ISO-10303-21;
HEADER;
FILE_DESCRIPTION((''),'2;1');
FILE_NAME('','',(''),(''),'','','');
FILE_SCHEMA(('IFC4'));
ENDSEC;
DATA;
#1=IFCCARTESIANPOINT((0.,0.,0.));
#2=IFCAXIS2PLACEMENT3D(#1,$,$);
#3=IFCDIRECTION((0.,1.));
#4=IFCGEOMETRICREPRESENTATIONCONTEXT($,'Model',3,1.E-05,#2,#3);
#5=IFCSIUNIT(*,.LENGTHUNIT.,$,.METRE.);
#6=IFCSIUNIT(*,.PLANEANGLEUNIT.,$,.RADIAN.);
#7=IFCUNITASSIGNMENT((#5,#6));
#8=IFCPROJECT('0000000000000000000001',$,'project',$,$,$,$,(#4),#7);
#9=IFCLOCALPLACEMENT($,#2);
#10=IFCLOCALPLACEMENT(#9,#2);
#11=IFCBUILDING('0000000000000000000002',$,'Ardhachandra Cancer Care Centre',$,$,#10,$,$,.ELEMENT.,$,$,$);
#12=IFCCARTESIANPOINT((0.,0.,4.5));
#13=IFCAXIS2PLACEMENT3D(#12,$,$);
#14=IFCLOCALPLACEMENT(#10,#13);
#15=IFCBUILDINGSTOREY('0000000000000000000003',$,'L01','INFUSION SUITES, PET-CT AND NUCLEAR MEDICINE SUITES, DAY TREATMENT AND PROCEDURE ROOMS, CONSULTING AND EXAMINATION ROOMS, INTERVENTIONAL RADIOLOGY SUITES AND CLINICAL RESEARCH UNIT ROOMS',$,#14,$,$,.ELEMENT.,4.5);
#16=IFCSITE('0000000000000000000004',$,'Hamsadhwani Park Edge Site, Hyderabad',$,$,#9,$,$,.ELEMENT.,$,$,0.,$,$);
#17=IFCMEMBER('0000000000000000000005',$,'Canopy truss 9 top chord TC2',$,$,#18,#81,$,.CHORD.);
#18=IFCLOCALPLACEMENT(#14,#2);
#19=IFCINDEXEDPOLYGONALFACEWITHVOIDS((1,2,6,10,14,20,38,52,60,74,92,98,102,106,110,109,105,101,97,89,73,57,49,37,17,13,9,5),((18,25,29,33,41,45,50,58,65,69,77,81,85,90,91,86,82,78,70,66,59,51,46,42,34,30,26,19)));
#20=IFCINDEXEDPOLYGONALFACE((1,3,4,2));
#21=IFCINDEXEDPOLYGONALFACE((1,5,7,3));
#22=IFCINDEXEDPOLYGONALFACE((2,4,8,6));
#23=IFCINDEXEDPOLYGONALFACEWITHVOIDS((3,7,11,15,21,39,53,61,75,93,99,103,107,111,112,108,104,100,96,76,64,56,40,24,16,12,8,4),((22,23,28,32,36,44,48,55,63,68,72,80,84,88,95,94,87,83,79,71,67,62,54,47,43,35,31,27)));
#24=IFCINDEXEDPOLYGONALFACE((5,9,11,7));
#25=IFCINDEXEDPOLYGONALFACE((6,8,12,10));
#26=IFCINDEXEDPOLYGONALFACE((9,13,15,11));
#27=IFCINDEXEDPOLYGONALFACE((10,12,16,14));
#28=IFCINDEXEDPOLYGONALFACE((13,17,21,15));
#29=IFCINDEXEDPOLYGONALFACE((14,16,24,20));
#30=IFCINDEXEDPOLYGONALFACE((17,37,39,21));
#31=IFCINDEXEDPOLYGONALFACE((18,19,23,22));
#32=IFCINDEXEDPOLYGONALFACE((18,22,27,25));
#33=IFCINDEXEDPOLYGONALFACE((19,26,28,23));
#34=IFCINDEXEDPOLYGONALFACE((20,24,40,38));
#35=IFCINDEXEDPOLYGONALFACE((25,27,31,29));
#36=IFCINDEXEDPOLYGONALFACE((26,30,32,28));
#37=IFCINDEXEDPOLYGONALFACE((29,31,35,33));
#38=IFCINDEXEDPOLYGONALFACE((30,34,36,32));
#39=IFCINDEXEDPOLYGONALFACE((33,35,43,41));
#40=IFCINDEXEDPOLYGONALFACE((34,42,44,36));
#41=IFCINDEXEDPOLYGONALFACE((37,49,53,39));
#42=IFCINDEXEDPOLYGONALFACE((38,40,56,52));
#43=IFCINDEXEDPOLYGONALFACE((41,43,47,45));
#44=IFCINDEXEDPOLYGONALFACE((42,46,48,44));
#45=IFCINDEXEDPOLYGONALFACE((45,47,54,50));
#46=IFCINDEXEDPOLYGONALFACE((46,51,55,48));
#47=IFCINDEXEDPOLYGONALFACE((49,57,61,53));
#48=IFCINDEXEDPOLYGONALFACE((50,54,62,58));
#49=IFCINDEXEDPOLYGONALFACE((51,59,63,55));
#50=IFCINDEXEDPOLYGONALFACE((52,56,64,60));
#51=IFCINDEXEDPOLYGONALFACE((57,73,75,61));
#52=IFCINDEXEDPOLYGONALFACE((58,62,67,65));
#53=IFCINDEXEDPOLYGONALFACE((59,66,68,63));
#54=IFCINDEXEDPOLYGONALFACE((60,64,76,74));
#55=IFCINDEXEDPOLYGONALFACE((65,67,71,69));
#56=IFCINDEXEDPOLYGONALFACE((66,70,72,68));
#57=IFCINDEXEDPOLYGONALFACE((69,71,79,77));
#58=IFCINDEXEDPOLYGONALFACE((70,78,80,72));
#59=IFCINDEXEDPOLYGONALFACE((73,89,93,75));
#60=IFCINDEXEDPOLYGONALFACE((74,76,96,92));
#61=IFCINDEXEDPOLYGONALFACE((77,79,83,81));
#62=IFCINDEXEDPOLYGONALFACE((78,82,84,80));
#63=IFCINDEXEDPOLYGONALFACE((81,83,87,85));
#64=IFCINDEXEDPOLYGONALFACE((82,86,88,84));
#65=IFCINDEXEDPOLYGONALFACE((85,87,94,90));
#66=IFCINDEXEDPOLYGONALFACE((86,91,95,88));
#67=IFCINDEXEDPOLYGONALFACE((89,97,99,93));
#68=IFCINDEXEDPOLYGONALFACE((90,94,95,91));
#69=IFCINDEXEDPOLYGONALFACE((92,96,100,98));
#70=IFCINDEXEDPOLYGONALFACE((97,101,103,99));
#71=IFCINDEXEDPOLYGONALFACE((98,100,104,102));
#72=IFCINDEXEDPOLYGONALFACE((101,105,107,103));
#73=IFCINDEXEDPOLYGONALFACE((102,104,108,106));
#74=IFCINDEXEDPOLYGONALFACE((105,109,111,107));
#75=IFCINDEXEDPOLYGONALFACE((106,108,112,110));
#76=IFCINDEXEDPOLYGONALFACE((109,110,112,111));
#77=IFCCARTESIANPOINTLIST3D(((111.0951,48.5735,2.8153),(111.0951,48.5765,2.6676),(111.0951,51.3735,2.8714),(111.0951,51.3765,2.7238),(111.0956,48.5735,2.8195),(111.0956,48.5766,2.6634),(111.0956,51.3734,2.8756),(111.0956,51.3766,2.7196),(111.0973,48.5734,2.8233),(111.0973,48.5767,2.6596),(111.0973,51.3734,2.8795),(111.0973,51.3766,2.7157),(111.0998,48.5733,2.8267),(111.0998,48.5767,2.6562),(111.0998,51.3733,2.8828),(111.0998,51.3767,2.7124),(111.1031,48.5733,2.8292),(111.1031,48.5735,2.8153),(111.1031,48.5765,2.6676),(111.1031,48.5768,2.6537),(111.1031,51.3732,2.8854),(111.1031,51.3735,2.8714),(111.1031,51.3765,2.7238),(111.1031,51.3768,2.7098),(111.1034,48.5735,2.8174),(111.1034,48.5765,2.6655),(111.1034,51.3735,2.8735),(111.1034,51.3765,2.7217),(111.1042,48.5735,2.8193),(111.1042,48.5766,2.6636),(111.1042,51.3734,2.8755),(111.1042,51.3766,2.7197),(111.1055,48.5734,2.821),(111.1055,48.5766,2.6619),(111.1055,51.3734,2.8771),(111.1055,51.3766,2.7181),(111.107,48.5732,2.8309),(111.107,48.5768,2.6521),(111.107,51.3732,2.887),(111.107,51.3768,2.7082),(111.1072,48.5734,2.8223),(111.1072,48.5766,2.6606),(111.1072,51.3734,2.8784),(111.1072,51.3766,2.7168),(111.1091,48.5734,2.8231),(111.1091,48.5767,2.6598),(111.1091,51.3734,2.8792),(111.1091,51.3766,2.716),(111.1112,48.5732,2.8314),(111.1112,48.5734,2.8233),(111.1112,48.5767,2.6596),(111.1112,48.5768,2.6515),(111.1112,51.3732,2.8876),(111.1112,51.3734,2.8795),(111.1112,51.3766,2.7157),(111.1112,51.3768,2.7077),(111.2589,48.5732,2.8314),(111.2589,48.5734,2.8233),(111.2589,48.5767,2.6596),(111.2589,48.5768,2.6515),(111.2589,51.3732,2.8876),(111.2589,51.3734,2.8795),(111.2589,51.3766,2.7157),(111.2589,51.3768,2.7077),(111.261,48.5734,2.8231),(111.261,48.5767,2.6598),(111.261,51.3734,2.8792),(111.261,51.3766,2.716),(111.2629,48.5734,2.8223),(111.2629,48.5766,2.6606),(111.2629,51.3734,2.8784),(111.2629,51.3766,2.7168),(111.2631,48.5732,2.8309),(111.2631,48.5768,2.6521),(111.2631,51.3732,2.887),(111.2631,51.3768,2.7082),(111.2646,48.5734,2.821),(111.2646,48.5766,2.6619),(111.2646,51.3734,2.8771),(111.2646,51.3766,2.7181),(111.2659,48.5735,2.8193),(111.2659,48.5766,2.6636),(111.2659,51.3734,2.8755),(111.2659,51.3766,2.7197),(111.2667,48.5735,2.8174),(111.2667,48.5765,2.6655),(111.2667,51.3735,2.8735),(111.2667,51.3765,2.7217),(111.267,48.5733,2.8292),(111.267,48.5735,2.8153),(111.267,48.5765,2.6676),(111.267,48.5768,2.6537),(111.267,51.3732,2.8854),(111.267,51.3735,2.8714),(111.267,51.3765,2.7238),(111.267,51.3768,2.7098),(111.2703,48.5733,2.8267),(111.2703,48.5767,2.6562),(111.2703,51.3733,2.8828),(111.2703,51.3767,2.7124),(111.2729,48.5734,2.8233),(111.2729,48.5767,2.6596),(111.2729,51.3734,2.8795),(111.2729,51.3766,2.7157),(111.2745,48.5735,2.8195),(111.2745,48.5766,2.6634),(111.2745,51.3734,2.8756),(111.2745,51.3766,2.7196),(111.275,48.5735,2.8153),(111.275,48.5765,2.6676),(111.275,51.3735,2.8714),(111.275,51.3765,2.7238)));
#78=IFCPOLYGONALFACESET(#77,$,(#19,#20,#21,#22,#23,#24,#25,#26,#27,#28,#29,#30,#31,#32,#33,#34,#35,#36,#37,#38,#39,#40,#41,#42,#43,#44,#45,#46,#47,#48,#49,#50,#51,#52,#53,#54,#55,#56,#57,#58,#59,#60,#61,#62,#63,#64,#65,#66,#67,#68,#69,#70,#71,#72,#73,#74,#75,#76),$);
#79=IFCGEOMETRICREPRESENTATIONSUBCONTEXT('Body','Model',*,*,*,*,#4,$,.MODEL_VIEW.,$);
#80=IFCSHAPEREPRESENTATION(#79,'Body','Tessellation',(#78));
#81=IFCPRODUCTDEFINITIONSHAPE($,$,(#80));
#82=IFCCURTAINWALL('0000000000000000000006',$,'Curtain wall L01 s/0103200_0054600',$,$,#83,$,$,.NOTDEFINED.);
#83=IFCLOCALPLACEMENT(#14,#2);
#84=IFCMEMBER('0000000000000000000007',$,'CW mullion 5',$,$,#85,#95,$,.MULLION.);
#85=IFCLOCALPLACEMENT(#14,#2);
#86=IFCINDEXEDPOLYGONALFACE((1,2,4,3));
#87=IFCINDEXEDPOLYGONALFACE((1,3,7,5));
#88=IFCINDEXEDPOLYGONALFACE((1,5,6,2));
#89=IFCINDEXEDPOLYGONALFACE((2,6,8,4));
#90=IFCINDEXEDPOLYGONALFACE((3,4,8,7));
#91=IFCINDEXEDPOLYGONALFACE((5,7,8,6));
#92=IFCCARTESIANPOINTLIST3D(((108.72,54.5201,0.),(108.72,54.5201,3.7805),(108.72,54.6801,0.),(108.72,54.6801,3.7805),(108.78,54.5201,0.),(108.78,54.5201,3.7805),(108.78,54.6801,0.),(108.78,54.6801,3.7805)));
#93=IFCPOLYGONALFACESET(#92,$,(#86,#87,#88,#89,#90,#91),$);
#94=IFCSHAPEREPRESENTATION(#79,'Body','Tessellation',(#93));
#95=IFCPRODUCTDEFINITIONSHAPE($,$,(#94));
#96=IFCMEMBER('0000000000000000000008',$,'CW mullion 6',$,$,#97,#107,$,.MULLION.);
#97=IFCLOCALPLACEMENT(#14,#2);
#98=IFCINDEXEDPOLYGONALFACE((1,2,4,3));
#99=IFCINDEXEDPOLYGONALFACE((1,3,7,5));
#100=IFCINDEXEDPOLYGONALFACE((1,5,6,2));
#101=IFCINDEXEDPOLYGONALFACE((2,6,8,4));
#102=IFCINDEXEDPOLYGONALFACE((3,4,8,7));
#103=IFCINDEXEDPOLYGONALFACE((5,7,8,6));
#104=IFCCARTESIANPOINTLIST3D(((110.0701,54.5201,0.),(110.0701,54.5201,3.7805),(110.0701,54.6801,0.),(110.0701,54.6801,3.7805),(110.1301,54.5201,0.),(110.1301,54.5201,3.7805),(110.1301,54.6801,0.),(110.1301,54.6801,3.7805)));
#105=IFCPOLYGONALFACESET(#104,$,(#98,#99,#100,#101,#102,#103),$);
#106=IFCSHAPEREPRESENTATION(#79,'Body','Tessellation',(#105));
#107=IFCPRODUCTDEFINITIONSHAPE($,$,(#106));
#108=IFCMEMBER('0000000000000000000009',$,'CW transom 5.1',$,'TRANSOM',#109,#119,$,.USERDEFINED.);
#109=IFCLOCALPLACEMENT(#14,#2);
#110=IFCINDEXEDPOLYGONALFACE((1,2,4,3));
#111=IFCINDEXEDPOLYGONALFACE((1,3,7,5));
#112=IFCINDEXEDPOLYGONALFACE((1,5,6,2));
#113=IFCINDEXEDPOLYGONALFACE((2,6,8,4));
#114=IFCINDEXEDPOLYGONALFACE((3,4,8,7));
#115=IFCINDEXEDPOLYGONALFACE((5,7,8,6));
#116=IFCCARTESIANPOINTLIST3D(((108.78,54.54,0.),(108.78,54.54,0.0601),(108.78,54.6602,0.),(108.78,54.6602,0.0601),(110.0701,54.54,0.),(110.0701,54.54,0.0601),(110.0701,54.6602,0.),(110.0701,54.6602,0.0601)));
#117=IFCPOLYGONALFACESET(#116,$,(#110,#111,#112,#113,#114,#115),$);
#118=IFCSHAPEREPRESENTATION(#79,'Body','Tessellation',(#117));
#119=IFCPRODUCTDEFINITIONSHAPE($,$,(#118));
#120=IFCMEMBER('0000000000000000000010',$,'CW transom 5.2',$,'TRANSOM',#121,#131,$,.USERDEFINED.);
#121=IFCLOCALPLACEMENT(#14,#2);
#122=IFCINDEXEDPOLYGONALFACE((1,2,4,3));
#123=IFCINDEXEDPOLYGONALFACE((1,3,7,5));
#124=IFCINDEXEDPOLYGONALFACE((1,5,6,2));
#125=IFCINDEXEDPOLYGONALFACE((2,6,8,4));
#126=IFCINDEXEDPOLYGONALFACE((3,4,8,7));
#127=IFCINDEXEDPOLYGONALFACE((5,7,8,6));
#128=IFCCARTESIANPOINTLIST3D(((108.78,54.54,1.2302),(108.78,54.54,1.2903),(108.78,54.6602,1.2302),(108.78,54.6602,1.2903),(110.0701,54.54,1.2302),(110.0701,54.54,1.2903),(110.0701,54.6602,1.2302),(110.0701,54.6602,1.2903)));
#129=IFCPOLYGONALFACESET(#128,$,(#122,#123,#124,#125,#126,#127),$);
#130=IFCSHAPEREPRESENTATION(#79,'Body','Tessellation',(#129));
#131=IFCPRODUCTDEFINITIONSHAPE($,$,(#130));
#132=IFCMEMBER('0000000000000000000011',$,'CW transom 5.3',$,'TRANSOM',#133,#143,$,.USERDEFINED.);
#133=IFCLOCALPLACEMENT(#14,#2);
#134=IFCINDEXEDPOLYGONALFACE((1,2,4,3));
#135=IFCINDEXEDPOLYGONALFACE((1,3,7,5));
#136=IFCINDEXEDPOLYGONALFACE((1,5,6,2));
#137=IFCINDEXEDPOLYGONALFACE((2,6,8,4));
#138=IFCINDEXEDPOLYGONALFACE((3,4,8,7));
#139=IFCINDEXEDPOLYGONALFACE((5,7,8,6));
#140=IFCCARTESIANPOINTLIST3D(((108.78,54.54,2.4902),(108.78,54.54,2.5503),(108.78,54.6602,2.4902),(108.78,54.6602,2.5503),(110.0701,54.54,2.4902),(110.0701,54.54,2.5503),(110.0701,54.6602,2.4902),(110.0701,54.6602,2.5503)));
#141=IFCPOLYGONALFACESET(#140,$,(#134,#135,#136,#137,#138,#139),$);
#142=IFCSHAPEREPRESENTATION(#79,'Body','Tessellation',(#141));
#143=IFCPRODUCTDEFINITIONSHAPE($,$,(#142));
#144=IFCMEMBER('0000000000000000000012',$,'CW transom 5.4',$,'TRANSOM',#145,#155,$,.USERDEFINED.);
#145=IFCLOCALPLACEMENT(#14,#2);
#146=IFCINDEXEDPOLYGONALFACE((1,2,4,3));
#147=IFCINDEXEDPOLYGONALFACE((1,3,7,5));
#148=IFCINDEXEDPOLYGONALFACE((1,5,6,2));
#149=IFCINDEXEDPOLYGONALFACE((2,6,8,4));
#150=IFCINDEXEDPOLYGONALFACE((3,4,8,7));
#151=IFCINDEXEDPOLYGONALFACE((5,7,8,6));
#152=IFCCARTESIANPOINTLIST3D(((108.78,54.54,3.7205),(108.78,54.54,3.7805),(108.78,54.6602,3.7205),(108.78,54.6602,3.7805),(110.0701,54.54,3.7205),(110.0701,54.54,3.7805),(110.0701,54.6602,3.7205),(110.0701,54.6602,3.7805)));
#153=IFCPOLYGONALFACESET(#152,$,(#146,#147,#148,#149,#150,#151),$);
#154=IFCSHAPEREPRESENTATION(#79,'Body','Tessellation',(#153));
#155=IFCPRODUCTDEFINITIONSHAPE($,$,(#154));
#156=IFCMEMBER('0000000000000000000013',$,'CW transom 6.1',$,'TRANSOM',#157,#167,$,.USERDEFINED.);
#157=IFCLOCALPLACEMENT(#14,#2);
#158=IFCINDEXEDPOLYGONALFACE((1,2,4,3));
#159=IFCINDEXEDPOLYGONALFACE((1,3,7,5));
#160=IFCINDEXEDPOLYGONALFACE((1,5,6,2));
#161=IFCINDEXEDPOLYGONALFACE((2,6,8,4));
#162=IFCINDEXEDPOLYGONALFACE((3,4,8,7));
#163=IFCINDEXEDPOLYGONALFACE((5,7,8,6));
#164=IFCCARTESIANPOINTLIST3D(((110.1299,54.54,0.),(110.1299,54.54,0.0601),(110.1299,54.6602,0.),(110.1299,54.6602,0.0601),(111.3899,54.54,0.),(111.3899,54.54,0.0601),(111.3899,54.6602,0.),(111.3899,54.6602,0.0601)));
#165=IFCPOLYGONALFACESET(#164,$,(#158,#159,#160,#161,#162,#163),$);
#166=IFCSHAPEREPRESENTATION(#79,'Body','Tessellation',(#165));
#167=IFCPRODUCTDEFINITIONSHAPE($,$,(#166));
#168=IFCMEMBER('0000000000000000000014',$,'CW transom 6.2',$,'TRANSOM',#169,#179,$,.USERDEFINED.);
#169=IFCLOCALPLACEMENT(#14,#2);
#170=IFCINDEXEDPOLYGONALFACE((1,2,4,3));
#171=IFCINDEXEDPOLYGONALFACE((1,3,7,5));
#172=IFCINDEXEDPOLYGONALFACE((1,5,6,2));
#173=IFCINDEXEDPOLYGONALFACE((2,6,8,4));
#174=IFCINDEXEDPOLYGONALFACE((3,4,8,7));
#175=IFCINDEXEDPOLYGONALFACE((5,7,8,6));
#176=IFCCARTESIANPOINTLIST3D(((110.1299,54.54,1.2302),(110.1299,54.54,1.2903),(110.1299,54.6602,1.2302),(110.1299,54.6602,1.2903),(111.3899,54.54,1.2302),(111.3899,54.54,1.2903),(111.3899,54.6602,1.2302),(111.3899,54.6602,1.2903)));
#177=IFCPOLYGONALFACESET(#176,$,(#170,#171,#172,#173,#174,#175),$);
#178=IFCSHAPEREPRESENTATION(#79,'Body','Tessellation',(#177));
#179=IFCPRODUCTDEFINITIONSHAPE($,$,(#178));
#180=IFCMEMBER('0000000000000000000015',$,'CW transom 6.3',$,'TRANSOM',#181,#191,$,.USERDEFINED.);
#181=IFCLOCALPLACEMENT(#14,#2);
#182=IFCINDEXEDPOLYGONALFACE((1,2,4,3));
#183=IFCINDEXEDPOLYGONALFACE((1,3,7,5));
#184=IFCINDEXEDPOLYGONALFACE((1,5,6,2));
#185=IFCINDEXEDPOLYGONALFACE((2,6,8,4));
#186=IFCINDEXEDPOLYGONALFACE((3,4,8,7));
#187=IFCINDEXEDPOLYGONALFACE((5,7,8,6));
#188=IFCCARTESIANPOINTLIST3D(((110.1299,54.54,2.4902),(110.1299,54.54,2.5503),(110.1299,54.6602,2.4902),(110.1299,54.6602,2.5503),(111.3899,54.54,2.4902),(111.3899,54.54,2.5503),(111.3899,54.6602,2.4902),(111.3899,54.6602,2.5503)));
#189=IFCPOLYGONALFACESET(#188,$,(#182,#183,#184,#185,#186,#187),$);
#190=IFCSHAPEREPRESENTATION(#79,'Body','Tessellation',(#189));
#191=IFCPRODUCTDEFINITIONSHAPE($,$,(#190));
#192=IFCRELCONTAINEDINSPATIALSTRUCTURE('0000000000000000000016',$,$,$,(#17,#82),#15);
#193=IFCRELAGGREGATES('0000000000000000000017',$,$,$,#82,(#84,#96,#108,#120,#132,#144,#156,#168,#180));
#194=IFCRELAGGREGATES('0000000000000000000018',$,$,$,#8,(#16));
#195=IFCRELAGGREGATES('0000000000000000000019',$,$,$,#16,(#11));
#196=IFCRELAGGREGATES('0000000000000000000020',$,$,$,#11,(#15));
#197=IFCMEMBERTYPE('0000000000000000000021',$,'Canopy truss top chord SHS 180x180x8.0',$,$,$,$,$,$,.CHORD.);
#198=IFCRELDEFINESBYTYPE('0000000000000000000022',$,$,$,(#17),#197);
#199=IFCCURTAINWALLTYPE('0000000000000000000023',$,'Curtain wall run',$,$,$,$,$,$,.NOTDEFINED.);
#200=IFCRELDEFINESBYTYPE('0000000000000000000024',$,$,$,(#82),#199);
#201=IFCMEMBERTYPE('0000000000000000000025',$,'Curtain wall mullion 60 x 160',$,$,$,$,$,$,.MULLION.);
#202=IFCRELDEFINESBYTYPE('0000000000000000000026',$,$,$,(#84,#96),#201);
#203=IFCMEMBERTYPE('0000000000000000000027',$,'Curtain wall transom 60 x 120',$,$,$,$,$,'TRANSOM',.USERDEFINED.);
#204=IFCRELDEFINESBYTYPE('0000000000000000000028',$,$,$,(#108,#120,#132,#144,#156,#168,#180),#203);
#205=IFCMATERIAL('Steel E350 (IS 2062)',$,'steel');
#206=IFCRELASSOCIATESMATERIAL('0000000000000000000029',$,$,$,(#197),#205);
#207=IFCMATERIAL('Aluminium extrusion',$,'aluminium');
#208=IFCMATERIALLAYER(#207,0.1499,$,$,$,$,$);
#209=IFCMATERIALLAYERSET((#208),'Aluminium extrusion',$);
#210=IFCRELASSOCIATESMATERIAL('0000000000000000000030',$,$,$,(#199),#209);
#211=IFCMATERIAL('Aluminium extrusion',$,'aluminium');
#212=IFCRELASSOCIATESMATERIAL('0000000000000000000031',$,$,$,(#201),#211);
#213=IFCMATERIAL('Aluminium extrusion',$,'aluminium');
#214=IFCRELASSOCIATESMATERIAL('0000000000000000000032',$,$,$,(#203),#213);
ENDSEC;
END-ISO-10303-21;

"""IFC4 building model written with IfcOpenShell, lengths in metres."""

from ifc_helpers import new_model, si_unit, direction, frame, origin, origin_2d, place, context, subcontext, project, spatial, rectangle, hollow_rectangle, extrude, material, layer, layer_set, material_profile, profile_set, type_object, element, aggregate, save


model = new_model("IFC4")

# Units and contexts
model_context = context("Model", 3, precision=1e-05, world=origin(), true_north=direction((0.0, 1.0)))
body_context = subcontext(model_context, "Body", "Model", "MODEL_VIEW")
ifc_project = project(units=[si_unit("LENGTHUNIT", "METRE"), si_unit("PLANEANGLEUNIT", "RADIAN")], contexts=[model_context])

# Site, building, storey
site_placement = place(None, origin())
site = spatial("IfcSite", under=ifc_project, at=site_placement, Name="Hamsadhwani Park Edge Site, Hyderabad", CompositionType="ELEMENT", RefElevation=0.0)
building_placement = place(site_placement, origin())
building = spatial("IfcBuilding", under=site, at=building_placement, Name="Ardhachandra Cancer Care Centre", CompositionType="ELEMENT")
storey_placement = place(building_placement, frame((0.0, 0.0, 4.5)))
storey = spatial("IfcBuildingStorey", under=building, at=storey_placement, Name="L01", Description="INFUSION SUITES, PET-CT AND NUCLEAR MEDICINE SUITES, DAY TREATMENT AND PROCEDURE ROOMS, CONSULTING AND EXAMINATION ROOMS, INTERVENTIONAL RADIOLOGY SUITES AND CLINICAL RESEARCH UNIT ROOMS", CompositionType="ELEMENT", Elevation=4.5)

# Member
ifc_material_1 = material(Name="Steel E350 (IS 2062)", Category="steel")
ifc_material_profile_1 = material_profile(ifc_material_1, hollow_rectangle(XDim=0.1799, YDim=0.1799, WallThickness=0.0081, InnerFilletRadius=0.0081, OuterFilletRadius=0.0161, at=origin_2d()), Name="SHS 180x180x8.0")
ifc_profile_set_1 = profile_set([ifc_material_profile_1], Name="Steel E350 (IS 2062)")
member_type_1 = type_object("IfcMemberType", Name="Canopy truss top chord SHS 180x180x8.0", PredefinedType="CHORD", material=ifc_profile_set_1)
for number, where, z_axis, x_axis, name in (
    (1, (111.1851, 51.375, 2.7976), (0.0, -0.999799, -0.02005), (1.0, 0.0, 0.0), "Canopy truss 9 top chord TC2"),
):
    element("IfcMember", number, at=place(storey_placement, frame(where, z_axis=z_axis, x_axis=x_axis)), inside=storey, type_object=member_type_1, Name=name, PredefinedType="CHORD", context=body_context, shape_type="SweptSolid", body=[
        extrude(hollow_rectangle(XDim=0.1799, YDim=0.1799, WallThickness=0.0081, InnerFilletRadius=0.0081, OuterFilletRadius=0.0161, at=origin_2d()), origin(), (0.0, 0.0, 1.0), 2.8005),
    ])

# Curtain wall, members
ifc_material_2 = material(Name="Aluminium extrusion", Category="aluminium")
ifc_layer_1 = layer(ifc_material_2, 0.1499)
ifc_layer_set_1 = layer_set([ifc_layer_1], Name="Aluminium extrusion")
curtain_wall_type = type_object("IfcCurtainWallType", Name="Curtain wall run", PredefinedType="NOTDEFINED", material=ifc_layer_set_1)
curtain_wall_placement = place(storey_placement, origin())
curtain_wall = element("IfcCurtainWall", 2, at=curtain_wall_placement, inside=storey, type_object=curtain_wall_type, Name="Curtain wall L01 s/0103200_0054600", PredefinedType="NOTDEFINED")
ifc_material_3 = material(Name="Aluminium extrusion", Category="aluminium")
ifc_material_profile_2 = material_profile(ifc_material_3, rectangle(XDim=0.1599, YDim=0.0601, at=origin_2d()), Name="Curtain wall mullion 60 x 160")
ifc_profile_set_2 = profile_set([ifc_material_profile_2], Name="Aluminium extrusion")
member_type_2 = type_object("IfcMemberType", Name="Curtain wall mullion 60 x 160", PredefinedType="MULLION", material=ifc_profile_set_2)
member_1_placement = place(storey_placement, frame((108.75, 54.6001, 0.0), z_axis=(0.0, 0.0, 1.0), x_axis=(0.0, 1.0, 0.0)))
member_1 = element("IfcMember", 3, at=member_1_placement, type_object=member_type_2, Name="CW mullion 5", PredefinedType="MULLION", context=body_context, shape_type="SweptSolid", body=[
    extrude(rectangle(XDim=0.1599, YDim=0.0601, at=origin_2d()), origin(), (0.0, 0.0, 1.0), 3.7805),
])
member_2_placement = place(storey_placement, frame((110.1001, 54.6001, 0.0), z_axis=(0.0, 0.0, 1.0), x_axis=(0.0, 1.0, 0.0)))
member_2 = element("IfcMember", 4, at=member_2_placement, type_object=member_type_2, Name="CW mullion 6", PredefinedType="MULLION", context=body_context, shape_type="SweptSolid", body=[
    extrude(rectangle(XDim=0.1599, YDim=0.0601, at=origin_2d()), origin(), (0.0, 0.0, 1.0), 3.7805),
])
ifc_material_4 = material(Name="Aluminium extrusion", Category="aluminium")
ifc_material_profile_3 = material_profile(ifc_material_4, rectangle(XDim=0.1201, YDim=0.0601, at=origin_2d()), Name="Curtain wall transom 60 x 120")
ifc_profile_set_3 = profile_set([ifc_material_profile_3], Name="Aluminium extrusion")
member_type_3 = type_object("IfcMemberType", Name="Curtain wall transom 60 x 120", ElementType="TRANSOM", PredefinedType="USERDEFINED", material=ifc_profile_set_3)
member_3_placement = place(storey_placement, frame((108.78, 54.6001, 0.03), z_axis=(1.0, 0.0, 0.0), x_axis=(0.0, 1.0, 0.0)))
member_3 = element("IfcMember", 5, at=member_3_placement, type_object=member_type_3, Name="CW transom 5.1", ObjectType="TRANSOM", PredefinedType="USERDEFINED", context=body_context, shape_type="SweptSolid", body=[
    extrude(rectangle(XDim=0.1201, YDim=0.0601, at=origin_2d()), origin(), (0.0, 0.0, 1.0), 1.29),
])
member_4_placement = place(storey_placement, frame((108.78, 54.6001, 1.2603), z_axis=(1.0, 0.0, 0.0), x_axis=(0.0, 1.0, 0.0)))
member_4 = element("IfcMember", 6, at=member_4_placement, type_object=member_type_3, Name="CW transom 5.2", ObjectType="TRANSOM", PredefinedType="USERDEFINED", context=body_context, shape_type="SweptSolid", body=[
    extrude(rectangle(XDim=0.1201, YDim=0.0601, at=origin_2d()), origin(), (0.0, 0.0, 1.0), 1.29),
])
member_5_placement = place(storey_placement, frame((108.78, 54.6001, 2.5203), z_axis=(1.0, 0.0, 0.0), x_axis=(0.0, 1.0, 0.0)))
member_5 = element("IfcMember", 7, at=member_5_placement, type_object=member_type_3, Name="CW transom 5.3", ObjectType="TRANSOM", PredefinedType="USERDEFINED", context=body_context, shape_type="SweptSolid", body=[
    extrude(rectangle(XDim=0.1201, YDim=0.0601, at=origin_2d()), origin(), (0.0, 0.0, 1.0), 1.29),
])
member_6_placement = place(storey_placement, frame((108.78, 54.6001, 3.7505), z_axis=(1.0, 0.0, 0.0), x_axis=(0.0, 1.0, 0.0)))
member_6 = element("IfcMember", 8, at=member_6_placement, type_object=member_type_3, Name="CW transom 5.4", ObjectType="TRANSOM", PredefinedType="USERDEFINED", context=body_context, shape_type="SweptSolid", body=[
    extrude(rectangle(XDim=0.1201, YDim=0.0601, at=origin_2d()), origin(), (0.0, 0.0, 1.0), 1.29),
])
member_7_placement = place(storey_placement, frame((110.1299, 54.6001, 0.03), z_axis=(1.0, 0.0, 0.0), x_axis=(0.0, 1.0, 0.0)))
member_7 = element("IfcMember", 9, at=member_7_placement, type_object=member_type_3, Name="CW transom 6.1", ObjectType="TRANSOM", PredefinedType="USERDEFINED", context=body_context, shape_type="SweptSolid", body=[
    extrude(rectangle(XDim=0.1201, YDim=0.0601, at=origin_2d()), origin(), (0.0, 0.0, 1.0), 1.26),
])
member_8_placement = place(storey_placement, frame((110.1299, 54.6001, 1.2603), z_axis=(1.0, 0.0, 0.0), x_axis=(0.0, 1.0, 0.0)))
member_8 = element("IfcMember", 10, at=member_8_placement, type_object=member_type_3, Name="CW transom 6.2", ObjectType="TRANSOM", PredefinedType="USERDEFINED", context=body_context, shape_type="SweptSolid", body=[
    extrude(rectangle(XDim=0.1201, YDim=0.0601, at=origin_2d()), origin(), (0.0, 0.0, 1.0), 1.26),
])
member_9_placement = place(storey_placement, frame((110.1299, 54.6001, 2.5203), z_axis=(1.0, 0.0, 0.0), x_axis=(0.0, 1.0, 0.0)))
member_9 = element("IfcMember", 11, at=member_9_placement, type_object=member_type_3, Name="CW transom 6.3", ObjectType="TRANSOM", PredefinedType="USERDEFINED", context=body_context, shape_type="SweptSolid", body=[
    extrude(rectangle(XDim=0.1201, YDim=0.0601, at=origin_2d()), origin(), (0.0, 0.0, 1.0), 1.26),
])

aggregate(curtain_wall, [member_1, member_2, member_3, member_4, member_5, member_6, member_7, member_8, member_9])

save(model, "model.ifc")
